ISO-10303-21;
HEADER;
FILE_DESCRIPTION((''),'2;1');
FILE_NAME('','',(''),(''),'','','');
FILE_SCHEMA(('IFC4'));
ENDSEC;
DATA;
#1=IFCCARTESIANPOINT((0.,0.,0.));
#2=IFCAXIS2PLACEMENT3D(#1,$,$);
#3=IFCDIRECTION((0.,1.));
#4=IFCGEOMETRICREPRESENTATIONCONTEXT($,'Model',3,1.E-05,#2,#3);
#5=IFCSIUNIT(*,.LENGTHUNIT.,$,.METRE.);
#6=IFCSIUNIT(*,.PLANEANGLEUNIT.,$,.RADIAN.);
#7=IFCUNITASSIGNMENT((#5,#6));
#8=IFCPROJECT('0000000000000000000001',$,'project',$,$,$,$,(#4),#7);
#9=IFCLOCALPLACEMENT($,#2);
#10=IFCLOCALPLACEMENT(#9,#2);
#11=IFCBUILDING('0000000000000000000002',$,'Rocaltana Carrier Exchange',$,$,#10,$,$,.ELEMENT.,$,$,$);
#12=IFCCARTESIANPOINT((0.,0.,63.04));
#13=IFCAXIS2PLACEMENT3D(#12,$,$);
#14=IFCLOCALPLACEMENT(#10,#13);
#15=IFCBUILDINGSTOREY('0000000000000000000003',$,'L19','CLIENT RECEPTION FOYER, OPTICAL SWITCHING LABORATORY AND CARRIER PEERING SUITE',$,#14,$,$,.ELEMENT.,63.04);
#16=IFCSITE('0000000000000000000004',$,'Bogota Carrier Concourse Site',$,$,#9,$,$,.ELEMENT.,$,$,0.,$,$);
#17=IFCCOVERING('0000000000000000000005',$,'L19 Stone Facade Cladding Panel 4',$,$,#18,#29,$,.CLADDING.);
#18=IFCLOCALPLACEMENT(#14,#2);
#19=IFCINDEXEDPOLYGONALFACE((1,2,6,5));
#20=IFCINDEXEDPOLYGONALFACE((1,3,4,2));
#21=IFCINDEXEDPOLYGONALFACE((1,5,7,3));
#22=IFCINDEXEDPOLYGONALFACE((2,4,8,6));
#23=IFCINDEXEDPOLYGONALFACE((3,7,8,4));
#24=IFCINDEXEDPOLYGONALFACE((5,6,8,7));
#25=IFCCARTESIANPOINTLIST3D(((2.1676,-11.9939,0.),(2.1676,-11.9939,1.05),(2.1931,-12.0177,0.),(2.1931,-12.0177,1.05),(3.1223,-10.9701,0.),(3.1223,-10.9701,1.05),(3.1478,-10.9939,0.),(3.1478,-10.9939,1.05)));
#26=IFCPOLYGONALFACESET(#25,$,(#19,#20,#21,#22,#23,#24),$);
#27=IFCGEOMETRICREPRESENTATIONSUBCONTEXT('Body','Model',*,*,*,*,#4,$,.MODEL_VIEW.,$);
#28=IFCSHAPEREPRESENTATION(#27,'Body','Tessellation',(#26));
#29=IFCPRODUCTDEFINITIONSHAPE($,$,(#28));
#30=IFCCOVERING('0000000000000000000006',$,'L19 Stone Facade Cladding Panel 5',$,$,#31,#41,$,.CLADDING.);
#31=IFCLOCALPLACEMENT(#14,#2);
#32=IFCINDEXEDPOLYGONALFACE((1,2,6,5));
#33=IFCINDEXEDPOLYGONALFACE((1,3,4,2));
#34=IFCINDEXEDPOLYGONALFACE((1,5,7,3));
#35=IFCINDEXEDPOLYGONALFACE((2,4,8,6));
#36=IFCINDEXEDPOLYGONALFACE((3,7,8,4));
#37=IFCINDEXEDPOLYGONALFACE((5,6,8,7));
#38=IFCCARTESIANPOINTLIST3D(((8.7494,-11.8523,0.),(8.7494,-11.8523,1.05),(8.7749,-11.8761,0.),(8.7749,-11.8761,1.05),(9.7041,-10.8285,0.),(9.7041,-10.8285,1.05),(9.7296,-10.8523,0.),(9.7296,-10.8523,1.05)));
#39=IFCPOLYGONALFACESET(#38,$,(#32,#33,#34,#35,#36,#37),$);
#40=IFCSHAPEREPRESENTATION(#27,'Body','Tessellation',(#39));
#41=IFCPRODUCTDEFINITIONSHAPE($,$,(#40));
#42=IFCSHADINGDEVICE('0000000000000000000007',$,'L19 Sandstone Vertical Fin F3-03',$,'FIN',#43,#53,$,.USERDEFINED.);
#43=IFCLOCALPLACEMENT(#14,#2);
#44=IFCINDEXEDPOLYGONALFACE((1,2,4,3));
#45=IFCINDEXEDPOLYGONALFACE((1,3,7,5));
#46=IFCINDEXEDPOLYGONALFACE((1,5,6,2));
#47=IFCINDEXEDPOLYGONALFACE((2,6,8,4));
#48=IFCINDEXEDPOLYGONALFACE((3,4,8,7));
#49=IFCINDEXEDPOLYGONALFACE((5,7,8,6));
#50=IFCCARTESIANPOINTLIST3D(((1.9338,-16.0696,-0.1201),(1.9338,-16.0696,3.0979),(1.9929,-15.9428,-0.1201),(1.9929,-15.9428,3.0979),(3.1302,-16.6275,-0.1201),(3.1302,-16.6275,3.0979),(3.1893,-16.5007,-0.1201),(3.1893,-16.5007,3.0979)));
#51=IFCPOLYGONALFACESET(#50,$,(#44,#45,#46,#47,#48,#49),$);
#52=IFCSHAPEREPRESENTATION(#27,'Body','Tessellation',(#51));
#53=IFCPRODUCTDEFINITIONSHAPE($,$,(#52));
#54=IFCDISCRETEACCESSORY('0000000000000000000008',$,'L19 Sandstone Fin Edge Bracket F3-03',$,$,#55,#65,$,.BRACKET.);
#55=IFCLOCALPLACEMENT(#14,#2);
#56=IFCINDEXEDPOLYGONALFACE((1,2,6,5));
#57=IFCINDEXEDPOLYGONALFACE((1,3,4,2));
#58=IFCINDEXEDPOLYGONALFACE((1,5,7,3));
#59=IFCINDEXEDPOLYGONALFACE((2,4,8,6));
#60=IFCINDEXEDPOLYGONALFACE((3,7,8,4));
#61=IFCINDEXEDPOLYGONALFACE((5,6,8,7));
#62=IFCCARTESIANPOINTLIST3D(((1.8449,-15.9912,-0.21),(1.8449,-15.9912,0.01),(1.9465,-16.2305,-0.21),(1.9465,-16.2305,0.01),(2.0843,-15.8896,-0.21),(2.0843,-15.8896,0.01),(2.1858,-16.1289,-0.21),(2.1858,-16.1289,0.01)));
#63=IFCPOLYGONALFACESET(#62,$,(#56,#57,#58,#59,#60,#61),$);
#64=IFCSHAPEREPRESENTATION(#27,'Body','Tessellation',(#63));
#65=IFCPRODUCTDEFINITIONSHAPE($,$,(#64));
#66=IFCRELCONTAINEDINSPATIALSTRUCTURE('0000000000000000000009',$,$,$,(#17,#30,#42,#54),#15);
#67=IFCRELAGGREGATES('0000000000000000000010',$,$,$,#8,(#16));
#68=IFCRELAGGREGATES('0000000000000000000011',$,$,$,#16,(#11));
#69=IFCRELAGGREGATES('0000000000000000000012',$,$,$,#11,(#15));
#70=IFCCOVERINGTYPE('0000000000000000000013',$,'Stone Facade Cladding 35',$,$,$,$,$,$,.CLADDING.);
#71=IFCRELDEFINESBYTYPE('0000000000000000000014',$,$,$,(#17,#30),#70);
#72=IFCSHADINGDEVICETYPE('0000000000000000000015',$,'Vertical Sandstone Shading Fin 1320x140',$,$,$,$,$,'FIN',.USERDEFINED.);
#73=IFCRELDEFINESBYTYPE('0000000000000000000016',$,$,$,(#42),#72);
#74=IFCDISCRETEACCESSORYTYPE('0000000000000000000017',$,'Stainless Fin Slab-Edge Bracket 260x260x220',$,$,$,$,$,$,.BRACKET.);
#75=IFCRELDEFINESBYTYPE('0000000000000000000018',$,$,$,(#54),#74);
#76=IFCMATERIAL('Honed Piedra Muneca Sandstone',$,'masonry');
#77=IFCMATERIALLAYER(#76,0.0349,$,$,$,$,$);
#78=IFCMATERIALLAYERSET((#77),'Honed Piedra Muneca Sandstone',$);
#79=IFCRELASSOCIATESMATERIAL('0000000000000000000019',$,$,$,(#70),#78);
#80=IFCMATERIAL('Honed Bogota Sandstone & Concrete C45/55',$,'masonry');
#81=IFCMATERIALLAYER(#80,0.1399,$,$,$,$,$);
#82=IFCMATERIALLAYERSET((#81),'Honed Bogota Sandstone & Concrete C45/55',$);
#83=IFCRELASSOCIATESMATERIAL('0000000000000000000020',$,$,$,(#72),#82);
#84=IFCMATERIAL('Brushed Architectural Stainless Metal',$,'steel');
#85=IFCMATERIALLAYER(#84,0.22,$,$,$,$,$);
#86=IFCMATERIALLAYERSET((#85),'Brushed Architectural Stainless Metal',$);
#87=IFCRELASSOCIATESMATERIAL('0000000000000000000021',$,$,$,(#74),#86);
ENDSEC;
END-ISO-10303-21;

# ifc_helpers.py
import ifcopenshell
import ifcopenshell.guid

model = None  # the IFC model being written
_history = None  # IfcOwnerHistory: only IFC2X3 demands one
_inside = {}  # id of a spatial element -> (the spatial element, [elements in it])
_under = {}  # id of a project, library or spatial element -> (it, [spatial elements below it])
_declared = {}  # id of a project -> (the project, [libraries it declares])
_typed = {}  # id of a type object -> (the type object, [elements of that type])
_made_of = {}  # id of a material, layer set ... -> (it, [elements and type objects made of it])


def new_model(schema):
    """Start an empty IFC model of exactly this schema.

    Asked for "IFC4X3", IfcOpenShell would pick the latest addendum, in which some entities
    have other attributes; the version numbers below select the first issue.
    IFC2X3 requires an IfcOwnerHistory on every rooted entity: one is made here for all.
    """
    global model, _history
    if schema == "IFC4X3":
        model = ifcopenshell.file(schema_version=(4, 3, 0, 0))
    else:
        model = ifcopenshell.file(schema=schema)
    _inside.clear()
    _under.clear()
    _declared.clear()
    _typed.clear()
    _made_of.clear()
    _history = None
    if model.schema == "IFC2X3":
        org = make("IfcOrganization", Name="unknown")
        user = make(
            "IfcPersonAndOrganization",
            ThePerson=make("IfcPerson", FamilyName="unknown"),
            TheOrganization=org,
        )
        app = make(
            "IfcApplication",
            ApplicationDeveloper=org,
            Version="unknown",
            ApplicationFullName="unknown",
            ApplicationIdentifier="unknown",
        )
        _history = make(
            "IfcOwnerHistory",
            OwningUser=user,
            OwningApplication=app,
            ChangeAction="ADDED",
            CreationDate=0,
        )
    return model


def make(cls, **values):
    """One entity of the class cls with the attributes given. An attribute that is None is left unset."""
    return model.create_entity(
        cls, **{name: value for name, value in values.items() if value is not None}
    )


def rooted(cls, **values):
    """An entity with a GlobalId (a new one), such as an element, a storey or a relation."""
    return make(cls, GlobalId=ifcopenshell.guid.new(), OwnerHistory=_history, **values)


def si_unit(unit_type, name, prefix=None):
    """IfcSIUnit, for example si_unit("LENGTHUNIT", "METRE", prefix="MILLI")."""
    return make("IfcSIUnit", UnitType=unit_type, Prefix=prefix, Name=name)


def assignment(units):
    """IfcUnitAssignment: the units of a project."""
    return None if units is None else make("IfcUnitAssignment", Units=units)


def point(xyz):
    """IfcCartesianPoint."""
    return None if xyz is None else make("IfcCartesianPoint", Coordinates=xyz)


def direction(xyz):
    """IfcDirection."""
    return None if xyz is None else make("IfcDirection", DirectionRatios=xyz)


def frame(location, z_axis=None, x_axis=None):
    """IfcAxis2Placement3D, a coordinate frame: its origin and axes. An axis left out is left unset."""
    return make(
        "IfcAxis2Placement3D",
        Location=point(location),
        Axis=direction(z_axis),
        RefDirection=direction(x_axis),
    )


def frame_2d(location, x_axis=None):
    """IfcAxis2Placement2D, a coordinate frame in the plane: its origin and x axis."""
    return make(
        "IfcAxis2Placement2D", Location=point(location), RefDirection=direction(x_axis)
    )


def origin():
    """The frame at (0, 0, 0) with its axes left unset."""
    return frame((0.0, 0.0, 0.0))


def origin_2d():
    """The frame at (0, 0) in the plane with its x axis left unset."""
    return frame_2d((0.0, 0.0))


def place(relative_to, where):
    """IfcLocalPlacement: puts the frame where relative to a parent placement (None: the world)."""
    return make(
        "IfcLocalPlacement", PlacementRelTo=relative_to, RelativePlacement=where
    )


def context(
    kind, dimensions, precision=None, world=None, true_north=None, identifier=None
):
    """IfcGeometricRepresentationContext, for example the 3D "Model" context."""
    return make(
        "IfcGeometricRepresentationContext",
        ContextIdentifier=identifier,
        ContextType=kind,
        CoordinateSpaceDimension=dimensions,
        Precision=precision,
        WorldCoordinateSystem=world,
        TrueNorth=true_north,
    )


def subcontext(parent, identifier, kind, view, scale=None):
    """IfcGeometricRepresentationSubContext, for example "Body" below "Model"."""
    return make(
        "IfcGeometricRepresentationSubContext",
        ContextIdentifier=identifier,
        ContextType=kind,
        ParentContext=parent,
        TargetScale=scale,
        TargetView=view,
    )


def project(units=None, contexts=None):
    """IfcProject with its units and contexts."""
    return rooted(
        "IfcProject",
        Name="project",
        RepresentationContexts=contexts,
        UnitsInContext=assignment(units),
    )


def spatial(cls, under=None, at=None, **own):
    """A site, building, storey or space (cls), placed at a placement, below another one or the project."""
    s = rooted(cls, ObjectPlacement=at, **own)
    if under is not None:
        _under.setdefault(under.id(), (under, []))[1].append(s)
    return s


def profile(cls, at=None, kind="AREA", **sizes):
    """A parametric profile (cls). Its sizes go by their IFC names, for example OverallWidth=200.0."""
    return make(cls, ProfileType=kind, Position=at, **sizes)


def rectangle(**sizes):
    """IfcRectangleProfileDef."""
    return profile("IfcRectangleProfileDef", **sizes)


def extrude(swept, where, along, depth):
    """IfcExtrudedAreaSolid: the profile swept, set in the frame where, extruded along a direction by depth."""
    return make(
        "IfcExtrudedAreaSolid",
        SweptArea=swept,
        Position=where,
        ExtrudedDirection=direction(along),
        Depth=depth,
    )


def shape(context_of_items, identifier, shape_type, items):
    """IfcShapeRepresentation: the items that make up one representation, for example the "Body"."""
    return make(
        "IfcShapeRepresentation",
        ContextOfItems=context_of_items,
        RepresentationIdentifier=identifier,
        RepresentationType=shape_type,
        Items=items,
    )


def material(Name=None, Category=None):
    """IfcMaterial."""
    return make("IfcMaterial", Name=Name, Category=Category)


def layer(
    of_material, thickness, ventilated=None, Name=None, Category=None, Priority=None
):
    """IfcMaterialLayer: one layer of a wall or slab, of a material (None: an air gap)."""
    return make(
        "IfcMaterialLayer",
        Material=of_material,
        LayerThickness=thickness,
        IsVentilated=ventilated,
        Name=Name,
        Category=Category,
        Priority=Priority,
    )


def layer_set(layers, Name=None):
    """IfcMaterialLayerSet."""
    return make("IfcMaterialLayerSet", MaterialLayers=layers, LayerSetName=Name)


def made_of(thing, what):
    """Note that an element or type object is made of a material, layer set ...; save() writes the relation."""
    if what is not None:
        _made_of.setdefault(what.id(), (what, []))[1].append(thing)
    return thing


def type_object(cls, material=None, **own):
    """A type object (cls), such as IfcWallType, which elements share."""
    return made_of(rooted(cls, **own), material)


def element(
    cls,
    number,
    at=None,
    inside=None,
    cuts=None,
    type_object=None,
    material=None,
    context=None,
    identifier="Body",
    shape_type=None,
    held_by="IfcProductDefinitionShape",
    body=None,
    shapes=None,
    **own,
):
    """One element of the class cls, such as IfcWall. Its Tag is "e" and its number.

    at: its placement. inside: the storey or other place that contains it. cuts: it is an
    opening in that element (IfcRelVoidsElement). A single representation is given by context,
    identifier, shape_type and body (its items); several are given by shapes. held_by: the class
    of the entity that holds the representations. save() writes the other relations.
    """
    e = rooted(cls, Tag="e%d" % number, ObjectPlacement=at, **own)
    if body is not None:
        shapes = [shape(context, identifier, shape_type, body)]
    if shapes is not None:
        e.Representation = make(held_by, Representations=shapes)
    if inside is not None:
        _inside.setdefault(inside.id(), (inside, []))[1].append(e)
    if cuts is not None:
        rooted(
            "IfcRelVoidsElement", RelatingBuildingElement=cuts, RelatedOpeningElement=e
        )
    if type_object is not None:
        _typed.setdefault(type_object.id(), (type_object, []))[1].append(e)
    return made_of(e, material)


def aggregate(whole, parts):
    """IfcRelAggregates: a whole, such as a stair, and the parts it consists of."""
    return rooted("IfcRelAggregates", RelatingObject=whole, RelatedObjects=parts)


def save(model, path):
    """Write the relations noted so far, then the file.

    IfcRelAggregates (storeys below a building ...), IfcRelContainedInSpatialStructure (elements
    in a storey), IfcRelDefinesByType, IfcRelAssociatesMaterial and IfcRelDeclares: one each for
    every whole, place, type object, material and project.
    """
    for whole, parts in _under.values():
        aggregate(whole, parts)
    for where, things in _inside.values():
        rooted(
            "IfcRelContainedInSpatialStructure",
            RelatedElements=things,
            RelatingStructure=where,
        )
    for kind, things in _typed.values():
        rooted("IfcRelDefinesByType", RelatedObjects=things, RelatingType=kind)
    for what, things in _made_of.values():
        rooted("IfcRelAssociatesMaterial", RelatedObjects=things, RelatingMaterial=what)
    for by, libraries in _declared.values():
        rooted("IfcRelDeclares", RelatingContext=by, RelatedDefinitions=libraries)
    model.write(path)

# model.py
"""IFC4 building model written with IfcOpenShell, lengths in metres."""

from ifc_helpers import new_model, si_unit, direction, frame, origin, origin_2d, place, context, subcontext, project, spatial, rectangle, extrude, material, layer, layer_set, type_object, element, save


model = new_model("IFC4")

# Units and contexts
model_context = context("Model", 3, precision=1e-05, world=origin(), true_north=direction((0.0, 1.0)))
body_context = subcontext(model_context, "Body", "Model", "MODEL_VIEW")
ifc_project = project(units=[si_unit("LENGTHUNIT", "METRE"), si_unit("PLANEANGLEUNIT", "RADIAN")], contexts=[model_context])

# Site, building, storey
site_placement = place(None, origin())
site = spatial("IfcSite", under=ifc_project, at=site_placement, Name="Bogota Carrier Concourse Site", CompositionType="ELEMENT", RefElevation=0.0)
building_placement = place(site_placement, origin())
building = spatial("IfcBuilding", under=site, at=building_placement, Name="Rocaltana Carrier Exchange", CompositionType="ELEMENT")
storey_placement = place(building_placement, frame((0.0, 0.0, 63.04)))
storey = spatial("IfcBuildingStorey", under=building, at=storey_placement, Name="L19", Description="CLIENT RECEPTION FOYER, OPTICAL SWITCHING LABORATORY AND CARRIER PEERING SUITE", CompositionType="ELEMENT", Elevation=63.04)

# Coverings
ifc_material_1 = material(Name="Honed Piedra Muneca Sandstone", Category="masonry")
ifc_layer_1 = layer(ifc_material_1, 0.0349)
ifc_layer_set_1 = layer_set([ifc_layer_1], Name="Honed Piedra Muneca Sandstone")
covering_type = type_object("IfcCoveringType", Name="Stone Facade Cladding 35", PredefinedType="CLADDING", material=ifc_layer_set_1)
for number, where, z_axis, x_axis, name in (
    (1, (2.6577, -11.4939, 0.0), (0.0, 0.0, 1.0), (0.681998, 0.731354, 0.0), "L19 Stone Facade Cladding Panel 4"),
    (2, (9.2395, -11.3523, 0.0), (0.0, 0.0, 1.0), (0.681998, 0.731354, 0.0), "L19 Stone Facade Cladding Panel 5"),
):
    element("IfcCovering", number, at=place(storey_placement, frame(where, z_axis=z_axis, x_axis=x_axis)), inside=storey, type_object=covering_type, Name=name, PredefinedType="CLADDING", context=body_context, shape_type="SweptSolid", body=[
        extrude(rectangle(XDim=1.3999, YDim=0.0349, at=origin_2d()), origin(), (0.0, 0.0, 1.0), 1.05),
    ])

# Shading device
ifc_material_2 = material(Name="Honed Bogota Sandstone & Concrete C45/55", Category="masonry")
ifc_layer_2 = layer(ifc_material_2, 0.1399)
ifc_layer_set_2 = layer_set([ifc_layer_2], Name="Honed Bogota Sandstone & Concrete C45/55")
shading_device_type = type_object("IfcShadingDeviceType", Name="Vertical Sandstone Shading Fin 1320x140", ElementType="FIN", PredefinedType="USERDEFINED", material=ifc_layer_set_2)
shading_device_placement = place(storey_placement, frame((2.5615, -16.2852, -0.1201), z_axis=(0.0, 0.0, 1.0), x_axis=(0.906308, -0.422618, 0.0)))
element("IfcShadingDevice", 3, at=shading_device_placement, inside=storey, type_object=shading_device_type, Name="L19 Sandstone Vertical Fin F3-03", ObjectType="FIN", PredefinedType="USERDEFINED", context=body_context, shape_type="SweptSolid", body=[
    extrude(rectangle(XDim=1.3201, YDim=0.1399, at=origin_2d()), origin(), (0.0, 0.0, 1.0), 3.218),
])

# Discrete accessory
ifc_material_3 = material(Name="Brushed Architectural Stainless Metal", Category="steel")
ifc_layer_3 = layer(ifc_material_3, 0.22)
ifc_layer_set_3 = layer_set([ifc_layer_3], Name="Brushed Architectural Stainless Metal")
discrete_accessory_type = type_object("IfcDiscreteAccessoryType", Name="Stainless Fin Slab-Edge Bracket 260x260x220", PredefinedType="BRACKET", material=ifc_layer_set_3)
discrete_accessory_placement = place(storey_placement, frame((2.0154, -16.0601, -0.21), z_axis=(0.0, 0.0, 1.0), x_axis=(0.920505, 0.390731, 0.0)))
element("IfcDiscreteAccessory", 4, at=discrete_accessory_placement, inside=storey, type_object=discrete_accessory_type, Name="L19 Sandstone Fin Edge Bracket F3-03", PredefinedType="BRACKET", context=body_context, shape_type="SweptSolid", body=[
    extrude(rectangle(XDim=0.26, YDim=0.26, at=origin_2d()), origin(), (0.0, 0.0, 1.0), 0.22),
])

save(model, "model.ifc")
